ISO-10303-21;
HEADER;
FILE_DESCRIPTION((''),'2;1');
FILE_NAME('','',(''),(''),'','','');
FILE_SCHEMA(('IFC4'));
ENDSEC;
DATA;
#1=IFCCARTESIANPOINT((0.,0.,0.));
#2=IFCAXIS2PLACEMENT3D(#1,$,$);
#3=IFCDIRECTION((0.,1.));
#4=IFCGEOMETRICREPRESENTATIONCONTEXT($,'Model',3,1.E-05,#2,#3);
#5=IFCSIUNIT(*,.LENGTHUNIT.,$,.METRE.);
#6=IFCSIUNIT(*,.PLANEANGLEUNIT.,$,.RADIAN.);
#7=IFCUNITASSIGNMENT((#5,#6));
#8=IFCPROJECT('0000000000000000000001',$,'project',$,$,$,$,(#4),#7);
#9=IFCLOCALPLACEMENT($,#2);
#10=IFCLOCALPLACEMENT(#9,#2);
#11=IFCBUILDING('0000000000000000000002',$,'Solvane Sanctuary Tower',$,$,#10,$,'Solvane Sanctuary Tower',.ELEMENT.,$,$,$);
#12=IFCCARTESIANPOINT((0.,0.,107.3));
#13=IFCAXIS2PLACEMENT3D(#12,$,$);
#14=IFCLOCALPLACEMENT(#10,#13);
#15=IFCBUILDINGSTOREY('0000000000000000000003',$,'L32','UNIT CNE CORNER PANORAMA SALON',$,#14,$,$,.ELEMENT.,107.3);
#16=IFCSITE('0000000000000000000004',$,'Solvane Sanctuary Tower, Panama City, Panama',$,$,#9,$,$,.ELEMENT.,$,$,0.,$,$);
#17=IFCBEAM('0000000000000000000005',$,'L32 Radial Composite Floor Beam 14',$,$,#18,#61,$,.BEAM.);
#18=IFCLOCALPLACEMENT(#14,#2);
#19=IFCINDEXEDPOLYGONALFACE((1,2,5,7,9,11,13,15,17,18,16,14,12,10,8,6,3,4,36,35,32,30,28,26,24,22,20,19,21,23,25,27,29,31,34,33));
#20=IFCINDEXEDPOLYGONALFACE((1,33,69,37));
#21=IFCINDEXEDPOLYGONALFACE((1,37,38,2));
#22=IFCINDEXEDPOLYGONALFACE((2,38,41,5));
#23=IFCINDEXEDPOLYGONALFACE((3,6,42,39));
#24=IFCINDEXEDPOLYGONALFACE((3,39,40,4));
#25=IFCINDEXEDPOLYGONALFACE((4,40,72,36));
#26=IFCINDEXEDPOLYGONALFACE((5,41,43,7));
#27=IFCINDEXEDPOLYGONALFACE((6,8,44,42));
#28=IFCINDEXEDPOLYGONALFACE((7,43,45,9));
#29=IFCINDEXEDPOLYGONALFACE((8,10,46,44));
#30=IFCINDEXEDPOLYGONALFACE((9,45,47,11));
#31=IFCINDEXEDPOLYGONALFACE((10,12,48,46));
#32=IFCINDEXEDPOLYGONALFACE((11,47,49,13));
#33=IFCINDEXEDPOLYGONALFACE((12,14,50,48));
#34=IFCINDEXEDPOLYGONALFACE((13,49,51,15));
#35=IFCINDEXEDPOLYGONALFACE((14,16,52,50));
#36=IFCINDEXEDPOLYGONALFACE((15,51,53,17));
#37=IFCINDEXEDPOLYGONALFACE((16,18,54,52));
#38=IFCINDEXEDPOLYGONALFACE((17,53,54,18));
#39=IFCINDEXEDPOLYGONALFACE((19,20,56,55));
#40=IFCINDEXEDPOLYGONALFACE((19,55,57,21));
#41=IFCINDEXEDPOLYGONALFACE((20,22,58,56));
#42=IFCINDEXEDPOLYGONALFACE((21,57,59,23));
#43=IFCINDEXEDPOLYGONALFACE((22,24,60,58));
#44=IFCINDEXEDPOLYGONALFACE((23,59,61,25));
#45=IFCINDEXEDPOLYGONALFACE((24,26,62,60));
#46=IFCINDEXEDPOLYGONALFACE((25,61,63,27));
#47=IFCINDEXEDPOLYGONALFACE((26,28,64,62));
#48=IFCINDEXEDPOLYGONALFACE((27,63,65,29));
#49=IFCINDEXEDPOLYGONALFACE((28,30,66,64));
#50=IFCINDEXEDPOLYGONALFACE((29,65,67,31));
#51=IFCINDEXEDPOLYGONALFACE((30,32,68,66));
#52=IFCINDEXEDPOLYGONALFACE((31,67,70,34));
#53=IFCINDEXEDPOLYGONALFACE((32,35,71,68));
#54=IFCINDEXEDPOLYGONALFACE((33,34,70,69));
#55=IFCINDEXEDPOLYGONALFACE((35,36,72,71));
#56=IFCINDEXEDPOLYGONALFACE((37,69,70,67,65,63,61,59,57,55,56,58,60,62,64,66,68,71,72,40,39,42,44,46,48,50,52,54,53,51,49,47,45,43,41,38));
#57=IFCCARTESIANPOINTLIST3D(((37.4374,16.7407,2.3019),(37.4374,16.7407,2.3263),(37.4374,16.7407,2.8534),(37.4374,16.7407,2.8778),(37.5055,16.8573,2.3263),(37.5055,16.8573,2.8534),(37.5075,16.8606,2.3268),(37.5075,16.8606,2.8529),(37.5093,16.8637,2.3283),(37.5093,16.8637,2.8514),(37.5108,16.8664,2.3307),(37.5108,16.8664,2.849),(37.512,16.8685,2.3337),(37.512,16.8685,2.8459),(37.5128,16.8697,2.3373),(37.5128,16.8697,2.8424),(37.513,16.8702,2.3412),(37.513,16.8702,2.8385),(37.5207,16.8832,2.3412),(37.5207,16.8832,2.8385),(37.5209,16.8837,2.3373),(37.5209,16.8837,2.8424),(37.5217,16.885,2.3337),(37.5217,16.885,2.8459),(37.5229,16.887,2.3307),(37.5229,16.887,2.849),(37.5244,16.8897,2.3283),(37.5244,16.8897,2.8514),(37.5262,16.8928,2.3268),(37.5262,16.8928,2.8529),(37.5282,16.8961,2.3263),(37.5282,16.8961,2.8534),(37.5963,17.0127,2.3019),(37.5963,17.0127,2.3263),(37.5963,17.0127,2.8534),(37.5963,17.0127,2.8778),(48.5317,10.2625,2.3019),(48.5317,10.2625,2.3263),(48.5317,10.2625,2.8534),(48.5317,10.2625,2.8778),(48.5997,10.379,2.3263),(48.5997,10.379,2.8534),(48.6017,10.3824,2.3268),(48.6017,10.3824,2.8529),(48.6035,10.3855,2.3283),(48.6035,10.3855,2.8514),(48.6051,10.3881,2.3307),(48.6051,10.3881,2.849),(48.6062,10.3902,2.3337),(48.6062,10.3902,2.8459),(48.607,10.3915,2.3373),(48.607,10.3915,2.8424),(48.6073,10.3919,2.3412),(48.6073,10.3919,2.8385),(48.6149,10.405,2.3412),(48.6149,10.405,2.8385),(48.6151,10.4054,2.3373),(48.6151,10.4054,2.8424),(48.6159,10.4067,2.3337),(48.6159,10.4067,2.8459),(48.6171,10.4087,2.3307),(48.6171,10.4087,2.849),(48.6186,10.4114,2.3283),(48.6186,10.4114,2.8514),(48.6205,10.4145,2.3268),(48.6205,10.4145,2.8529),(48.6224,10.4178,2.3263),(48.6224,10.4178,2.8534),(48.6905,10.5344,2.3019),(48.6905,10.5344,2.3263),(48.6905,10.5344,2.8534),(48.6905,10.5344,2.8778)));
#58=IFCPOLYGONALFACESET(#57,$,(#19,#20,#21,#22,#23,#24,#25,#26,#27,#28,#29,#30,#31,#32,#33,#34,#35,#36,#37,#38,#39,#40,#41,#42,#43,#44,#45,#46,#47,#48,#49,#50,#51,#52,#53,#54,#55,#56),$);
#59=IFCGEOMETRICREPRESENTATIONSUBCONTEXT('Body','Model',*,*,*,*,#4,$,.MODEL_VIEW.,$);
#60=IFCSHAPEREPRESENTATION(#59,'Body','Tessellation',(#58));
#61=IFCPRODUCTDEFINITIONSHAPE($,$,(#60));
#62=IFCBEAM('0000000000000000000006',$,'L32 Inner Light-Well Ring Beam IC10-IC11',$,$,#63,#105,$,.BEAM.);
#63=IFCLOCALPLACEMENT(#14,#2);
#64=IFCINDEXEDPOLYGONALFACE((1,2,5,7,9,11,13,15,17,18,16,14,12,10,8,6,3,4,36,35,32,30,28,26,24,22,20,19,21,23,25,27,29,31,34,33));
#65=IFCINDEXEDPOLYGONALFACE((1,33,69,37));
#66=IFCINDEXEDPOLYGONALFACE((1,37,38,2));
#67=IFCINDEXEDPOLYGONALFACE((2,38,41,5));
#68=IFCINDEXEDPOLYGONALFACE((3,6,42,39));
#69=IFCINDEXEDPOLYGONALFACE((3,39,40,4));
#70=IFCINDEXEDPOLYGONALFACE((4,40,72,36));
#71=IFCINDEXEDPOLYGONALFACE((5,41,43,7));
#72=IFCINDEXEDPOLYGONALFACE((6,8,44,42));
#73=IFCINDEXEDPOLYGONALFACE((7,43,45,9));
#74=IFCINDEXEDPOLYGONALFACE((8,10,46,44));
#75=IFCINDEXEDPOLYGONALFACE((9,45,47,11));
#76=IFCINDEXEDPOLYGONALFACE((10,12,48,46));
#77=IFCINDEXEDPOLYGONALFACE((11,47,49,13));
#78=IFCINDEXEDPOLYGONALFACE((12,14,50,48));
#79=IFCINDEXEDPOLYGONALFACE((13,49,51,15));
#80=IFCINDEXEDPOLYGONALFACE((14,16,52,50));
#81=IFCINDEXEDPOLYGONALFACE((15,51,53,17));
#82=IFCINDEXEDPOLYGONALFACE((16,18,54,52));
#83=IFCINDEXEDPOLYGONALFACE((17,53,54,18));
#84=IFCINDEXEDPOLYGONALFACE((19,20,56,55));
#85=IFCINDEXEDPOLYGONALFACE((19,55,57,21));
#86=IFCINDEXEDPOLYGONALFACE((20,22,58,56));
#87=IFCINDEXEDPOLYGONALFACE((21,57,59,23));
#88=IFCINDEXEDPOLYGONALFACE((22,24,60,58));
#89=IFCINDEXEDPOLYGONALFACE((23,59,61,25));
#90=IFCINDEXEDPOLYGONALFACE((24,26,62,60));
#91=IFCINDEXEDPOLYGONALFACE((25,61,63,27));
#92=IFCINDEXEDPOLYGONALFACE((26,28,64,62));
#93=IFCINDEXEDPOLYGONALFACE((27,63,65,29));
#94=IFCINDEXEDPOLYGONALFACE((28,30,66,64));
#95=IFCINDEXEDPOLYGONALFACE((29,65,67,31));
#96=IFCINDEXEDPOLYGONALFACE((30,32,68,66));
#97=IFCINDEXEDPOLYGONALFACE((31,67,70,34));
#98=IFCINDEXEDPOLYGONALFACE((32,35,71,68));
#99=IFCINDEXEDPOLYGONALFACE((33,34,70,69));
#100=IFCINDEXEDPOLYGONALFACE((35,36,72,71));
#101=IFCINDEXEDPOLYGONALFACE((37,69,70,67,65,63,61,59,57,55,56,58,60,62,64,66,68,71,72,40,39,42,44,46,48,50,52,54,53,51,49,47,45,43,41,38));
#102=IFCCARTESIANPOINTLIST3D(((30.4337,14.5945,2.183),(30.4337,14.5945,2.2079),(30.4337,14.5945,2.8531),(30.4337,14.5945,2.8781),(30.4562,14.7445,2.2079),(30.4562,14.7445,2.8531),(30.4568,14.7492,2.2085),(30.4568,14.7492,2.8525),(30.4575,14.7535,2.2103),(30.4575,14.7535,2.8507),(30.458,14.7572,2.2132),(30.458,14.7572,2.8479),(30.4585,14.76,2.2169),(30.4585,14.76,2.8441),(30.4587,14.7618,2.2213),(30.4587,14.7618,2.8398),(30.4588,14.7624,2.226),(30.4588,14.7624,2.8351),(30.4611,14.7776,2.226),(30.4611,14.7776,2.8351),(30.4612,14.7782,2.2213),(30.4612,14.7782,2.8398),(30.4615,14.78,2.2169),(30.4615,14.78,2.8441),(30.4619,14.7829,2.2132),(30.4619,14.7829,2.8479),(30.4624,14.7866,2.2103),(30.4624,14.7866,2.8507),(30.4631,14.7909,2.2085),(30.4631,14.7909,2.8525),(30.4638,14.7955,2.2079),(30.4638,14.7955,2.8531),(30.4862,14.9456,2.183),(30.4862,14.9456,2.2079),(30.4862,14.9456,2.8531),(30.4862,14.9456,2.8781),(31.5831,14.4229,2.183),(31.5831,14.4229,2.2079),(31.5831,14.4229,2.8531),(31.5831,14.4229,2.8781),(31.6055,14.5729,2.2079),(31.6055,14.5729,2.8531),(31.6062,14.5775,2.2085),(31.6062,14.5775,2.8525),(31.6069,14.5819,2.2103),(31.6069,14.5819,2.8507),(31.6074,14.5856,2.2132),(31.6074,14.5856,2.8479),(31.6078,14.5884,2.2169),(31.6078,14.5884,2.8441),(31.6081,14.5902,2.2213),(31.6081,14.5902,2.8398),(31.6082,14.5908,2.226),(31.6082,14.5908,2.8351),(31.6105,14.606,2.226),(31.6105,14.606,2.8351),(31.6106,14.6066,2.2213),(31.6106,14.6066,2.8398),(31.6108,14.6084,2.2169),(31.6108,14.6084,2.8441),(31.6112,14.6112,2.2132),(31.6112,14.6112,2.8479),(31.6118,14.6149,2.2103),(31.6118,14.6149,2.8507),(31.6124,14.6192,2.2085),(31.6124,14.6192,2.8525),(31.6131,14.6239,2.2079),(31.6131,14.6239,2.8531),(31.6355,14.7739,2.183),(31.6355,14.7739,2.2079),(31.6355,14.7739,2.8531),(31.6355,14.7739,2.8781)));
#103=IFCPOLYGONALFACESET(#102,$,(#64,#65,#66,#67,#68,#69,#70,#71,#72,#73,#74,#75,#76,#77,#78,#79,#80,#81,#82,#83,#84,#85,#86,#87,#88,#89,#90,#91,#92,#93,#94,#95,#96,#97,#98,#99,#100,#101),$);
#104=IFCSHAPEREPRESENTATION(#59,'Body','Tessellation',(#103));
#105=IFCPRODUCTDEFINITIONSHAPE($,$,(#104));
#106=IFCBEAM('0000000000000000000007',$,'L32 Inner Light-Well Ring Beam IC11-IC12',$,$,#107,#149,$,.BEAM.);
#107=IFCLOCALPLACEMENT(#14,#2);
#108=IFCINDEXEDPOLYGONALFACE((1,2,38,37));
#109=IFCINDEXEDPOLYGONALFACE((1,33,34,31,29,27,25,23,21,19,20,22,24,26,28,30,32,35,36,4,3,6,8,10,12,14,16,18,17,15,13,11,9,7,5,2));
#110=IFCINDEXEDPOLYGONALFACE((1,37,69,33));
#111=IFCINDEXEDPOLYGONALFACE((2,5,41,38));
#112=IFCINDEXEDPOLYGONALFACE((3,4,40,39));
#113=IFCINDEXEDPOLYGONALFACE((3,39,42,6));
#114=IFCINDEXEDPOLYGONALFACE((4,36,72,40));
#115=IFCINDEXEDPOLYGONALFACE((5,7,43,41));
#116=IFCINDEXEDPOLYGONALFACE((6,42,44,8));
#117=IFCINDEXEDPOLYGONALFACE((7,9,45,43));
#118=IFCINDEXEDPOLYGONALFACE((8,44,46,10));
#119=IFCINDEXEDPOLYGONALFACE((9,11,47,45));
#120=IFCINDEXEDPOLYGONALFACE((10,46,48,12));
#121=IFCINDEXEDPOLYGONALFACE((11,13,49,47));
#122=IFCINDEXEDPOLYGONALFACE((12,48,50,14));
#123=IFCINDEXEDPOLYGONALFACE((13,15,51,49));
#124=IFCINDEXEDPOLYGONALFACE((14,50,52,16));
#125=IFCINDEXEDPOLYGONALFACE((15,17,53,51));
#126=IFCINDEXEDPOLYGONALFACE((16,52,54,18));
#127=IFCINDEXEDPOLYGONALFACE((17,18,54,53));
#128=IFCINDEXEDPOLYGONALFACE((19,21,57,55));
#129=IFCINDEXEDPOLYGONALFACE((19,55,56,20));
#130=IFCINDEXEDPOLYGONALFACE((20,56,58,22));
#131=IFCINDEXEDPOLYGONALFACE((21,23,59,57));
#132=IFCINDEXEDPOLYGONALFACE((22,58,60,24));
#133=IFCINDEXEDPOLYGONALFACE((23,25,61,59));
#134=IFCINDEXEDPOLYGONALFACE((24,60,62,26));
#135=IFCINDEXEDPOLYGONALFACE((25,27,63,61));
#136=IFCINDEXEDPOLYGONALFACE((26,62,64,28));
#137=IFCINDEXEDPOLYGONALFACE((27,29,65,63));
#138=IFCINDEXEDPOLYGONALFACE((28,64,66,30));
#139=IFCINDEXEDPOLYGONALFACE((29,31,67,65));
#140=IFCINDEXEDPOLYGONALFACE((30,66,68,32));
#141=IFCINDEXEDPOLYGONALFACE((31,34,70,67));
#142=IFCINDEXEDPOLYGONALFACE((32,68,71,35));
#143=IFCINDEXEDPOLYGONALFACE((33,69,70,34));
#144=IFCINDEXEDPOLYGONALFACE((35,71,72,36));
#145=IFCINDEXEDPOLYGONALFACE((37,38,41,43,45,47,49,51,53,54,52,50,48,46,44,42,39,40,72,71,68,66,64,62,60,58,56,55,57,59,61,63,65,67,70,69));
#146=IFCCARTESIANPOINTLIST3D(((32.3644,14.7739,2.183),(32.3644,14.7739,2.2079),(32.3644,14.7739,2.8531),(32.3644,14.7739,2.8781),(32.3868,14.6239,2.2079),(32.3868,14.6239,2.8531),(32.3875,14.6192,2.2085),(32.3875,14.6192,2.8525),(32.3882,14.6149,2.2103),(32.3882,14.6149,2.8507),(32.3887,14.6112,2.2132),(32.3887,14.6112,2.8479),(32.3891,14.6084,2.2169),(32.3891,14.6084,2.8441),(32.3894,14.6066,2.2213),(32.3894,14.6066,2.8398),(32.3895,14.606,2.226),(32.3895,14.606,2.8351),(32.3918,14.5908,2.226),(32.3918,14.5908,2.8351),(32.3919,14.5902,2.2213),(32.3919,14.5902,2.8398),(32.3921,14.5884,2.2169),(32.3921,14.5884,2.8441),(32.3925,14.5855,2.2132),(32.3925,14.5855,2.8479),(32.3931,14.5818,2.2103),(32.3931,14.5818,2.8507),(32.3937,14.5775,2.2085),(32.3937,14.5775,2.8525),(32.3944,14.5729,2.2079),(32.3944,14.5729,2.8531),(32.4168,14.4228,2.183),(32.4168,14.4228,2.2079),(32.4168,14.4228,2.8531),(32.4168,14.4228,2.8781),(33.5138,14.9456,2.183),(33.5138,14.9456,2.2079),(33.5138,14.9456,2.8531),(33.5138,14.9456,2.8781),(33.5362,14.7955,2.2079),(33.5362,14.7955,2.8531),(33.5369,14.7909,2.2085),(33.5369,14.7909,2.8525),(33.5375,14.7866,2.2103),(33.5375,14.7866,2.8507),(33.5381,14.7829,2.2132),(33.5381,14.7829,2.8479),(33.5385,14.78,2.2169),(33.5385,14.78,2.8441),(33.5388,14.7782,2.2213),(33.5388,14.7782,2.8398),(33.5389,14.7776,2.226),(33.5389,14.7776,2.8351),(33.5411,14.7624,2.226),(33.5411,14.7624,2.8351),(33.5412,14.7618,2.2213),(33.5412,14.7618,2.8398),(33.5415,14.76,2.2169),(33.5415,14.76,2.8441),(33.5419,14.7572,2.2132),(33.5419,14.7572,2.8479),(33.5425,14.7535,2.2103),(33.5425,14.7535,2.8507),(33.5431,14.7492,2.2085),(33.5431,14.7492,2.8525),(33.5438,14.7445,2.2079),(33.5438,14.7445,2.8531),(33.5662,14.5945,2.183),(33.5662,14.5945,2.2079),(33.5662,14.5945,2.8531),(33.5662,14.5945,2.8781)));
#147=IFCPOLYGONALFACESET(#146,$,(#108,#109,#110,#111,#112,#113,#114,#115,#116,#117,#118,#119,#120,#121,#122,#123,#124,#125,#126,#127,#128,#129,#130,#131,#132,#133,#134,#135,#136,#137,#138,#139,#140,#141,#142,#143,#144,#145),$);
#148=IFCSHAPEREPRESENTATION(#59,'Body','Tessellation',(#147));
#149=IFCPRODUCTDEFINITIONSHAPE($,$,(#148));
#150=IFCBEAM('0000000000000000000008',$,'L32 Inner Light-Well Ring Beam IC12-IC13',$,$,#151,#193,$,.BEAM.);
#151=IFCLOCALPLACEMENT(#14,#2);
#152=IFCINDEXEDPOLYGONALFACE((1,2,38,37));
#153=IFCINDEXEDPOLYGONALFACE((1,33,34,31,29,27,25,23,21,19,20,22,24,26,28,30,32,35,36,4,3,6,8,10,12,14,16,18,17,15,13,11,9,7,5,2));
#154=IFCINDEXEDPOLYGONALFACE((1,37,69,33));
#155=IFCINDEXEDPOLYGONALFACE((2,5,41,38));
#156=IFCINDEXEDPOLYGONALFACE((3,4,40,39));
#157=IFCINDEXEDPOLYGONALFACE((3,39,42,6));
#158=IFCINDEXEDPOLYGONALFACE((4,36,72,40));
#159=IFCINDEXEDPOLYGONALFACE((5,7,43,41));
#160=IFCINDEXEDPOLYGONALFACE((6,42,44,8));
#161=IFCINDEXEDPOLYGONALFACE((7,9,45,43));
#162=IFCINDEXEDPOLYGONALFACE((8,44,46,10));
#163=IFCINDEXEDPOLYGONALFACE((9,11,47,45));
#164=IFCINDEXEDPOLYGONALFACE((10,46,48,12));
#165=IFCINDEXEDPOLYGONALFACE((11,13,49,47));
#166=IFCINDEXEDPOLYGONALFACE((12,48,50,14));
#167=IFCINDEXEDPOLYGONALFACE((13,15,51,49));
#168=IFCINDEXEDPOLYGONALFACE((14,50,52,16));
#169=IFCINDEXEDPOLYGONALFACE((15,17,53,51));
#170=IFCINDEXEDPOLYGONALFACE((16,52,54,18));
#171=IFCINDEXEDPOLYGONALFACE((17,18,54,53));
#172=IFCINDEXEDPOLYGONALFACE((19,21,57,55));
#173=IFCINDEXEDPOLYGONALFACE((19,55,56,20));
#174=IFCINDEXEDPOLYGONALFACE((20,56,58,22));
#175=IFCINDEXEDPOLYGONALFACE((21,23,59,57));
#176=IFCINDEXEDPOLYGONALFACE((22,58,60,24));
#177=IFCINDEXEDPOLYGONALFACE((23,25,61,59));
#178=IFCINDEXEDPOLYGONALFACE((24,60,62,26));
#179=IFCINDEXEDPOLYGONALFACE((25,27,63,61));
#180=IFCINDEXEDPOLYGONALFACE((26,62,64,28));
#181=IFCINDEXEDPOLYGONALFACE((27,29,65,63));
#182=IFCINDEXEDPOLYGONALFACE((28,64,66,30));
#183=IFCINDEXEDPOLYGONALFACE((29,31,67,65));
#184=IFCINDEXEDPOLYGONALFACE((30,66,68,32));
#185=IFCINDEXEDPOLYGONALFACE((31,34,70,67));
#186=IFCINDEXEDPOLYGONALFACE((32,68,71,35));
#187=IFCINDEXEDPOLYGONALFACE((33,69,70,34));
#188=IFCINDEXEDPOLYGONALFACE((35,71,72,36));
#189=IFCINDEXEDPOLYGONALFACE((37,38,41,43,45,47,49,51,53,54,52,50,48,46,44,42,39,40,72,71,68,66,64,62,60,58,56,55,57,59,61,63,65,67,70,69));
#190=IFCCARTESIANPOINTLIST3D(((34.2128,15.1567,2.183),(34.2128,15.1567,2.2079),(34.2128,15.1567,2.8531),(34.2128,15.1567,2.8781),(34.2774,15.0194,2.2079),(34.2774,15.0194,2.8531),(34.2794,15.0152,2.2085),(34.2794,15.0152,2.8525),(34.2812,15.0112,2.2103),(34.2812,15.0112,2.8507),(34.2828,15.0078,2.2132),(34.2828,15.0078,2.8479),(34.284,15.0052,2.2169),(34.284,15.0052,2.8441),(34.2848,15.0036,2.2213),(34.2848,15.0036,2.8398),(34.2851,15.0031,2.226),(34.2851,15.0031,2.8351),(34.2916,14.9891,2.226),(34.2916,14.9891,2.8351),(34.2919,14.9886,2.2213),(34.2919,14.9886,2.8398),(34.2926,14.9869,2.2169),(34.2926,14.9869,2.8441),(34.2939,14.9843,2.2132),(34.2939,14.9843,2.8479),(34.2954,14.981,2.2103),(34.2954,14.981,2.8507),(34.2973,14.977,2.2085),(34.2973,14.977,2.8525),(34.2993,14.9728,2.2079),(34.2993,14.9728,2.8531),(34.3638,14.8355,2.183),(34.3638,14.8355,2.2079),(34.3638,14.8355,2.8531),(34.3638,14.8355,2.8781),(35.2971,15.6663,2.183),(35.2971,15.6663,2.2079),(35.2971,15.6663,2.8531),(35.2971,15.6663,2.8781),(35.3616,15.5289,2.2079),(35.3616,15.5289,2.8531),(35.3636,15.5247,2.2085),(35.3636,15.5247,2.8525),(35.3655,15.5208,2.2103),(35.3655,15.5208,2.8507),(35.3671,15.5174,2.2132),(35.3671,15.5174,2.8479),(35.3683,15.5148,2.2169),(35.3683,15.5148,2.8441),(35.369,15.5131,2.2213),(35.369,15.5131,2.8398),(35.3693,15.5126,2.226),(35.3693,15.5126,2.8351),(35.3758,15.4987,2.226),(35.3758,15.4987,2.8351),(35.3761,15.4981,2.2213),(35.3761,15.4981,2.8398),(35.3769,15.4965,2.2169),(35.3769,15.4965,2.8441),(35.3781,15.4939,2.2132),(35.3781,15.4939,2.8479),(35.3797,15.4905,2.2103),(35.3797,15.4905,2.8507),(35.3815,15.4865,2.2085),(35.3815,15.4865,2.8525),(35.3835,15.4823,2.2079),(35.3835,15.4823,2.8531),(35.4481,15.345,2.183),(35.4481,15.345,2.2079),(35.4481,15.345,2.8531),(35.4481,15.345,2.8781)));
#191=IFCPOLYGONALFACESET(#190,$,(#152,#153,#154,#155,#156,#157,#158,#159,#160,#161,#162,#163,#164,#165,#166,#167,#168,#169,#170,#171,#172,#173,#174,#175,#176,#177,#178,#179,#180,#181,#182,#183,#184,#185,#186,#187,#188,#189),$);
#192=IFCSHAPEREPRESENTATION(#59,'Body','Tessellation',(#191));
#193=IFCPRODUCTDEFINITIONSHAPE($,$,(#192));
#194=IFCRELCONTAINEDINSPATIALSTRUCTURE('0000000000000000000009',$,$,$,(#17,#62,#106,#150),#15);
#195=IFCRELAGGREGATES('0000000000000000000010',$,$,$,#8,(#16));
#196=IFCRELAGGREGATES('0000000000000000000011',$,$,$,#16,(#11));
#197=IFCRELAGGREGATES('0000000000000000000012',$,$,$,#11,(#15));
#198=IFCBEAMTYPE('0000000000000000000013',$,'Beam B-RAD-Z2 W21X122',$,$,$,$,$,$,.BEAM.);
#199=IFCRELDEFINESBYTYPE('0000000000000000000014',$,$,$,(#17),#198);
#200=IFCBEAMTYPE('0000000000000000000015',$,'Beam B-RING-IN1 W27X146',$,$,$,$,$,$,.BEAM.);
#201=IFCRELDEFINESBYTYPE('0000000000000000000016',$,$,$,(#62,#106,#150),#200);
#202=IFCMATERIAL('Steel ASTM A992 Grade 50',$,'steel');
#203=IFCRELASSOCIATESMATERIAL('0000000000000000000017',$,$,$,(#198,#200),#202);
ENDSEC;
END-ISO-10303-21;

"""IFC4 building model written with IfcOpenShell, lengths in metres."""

from ifc_helpers import new_model, si_unit, direction, frame, origin, origin_2d, place, context, subcontext, project, spatial, i_section, extrude, material, material_profile, profile_set, type_object, element, save


model = new_model("IFC4")

# Units and contexts
model_context = context("Model", 3, precision=1e-05, world=origin(), true_north=direction((0.0, 1.0)))
body_context = subcontext(model_context, "Body", "Model", "MODEL_VIEW")
ifc_project = project(units=[si_unit("LENGTHUNIT", "METRE"), si_unit("PLANEANGLEUNIT", "RADIAN")], contexts=[model_context])

# Site, building, storey
site_placement = place(None, origin())
site = spatial("IfcSite", under=ifc_project, at=site_placement, Name="Solvane Sanctuary Tower, Panama City, Panama", CompositionType="ELEMENT", RefElevation=0.0)
building_placement = place(site_placement, origin())
building = spatial("IfcBuilding", under=site, at=building_placement, Name="Solvane Sanctuary Tower", LongName="Solvane Sanctuary Tower", CompositionType="ELEMENT")
storey_placement = place(building_placement, frame((0.0, 0.0, 107.3)))
storey = spatial("IfcBuildingStorey", under=building, at=storey_placement, Name="L32", Description="UNIT CNE CORNER PANORAMA SALON", CompositionType="ELEMENT", Elevation=107.3)

# Beams
ifc_material_1 = material(Name="Steel ASTM A992 Grade 50", Category="steel")
ifc_material_profile_1 = material_profile(ifc_material_1, i_section(OverallWidth=0.3149, OverallDepth=0.5759, WebThickness=0.0151, FlangeThickness=0.0244, FilletRadius=0.0149, at=origin_2d()), Name="W21X122")
ifc_profile_set_1 = profile_set([ifc_material_profile_1], Name="Steel ASTM A992 Grade 50")
beam_type_1 = type_object("IfcBeamType", Name="Beam B-RAD-Z2 W21X122", PredefinedType="BEAM", material=ifc_profile_set_1)
beam_1_placement = place(storey_placement, frame((37.5168, 16.8767, 2.5898), z_axis=(0.863554, -0.504256, 0.0), x_axis=(0.504256, 0.863554, 0.0)))
element("IfcBeam", 1, at=beam_1_placement, inside=storey, type_object=beam_type_1, Name="L32 Radial Composite Floor Beam 14", PredefinedType="BEAM", context=body_context, shape_type="SweptSolid", body=[
    extrude(i_section(OverallWidth=0.3149, OverallDepth=0.5759, WebThickness=0.0151, FlangeThickness=0.0244, FilletRadius=0.0149, at=origin_2d()), origin(), (0.0, 0.0, 1.0), 12.8472),
])
ifc_material_profile_2 = material_profile(ifc_material_1, i_section(OverallWidth=0.355, OverallDepth=0.6951, WebThickness=0.0154, FlangeThickness=0.0249, FilletRadius=0.0181, at=origin_2d()), Name="W27X146")
ifc_profile_set_2 = profile_set([ifc_material_profile_2], Name="Steel ASTM A992 Grade 50")
beam_type_2 = type_object("IfcBeamType", Name="Beam B-RING-IN1 W27X146", PredefinedType="BEAM", material=ifc_profile_set_2)
for number, where, z_axis, x_axis, name in (
    (2, (30.46, 14.77, 2.5305), (0.989035, -0.147683, 0.0), (0.147683, 0.989035, 0.0), "L32 Inner Light-Well Ring Beam IC10-IC11"),
    (3, (32.3906, 14.5984, 2.5305), (0.989035, 0.147683, 0.0), (-0.147683, 0.989035, 0.0), "L32 Inner Light-Well Ring Beam IC11-IC12"),
):
    element("IfcBeam", number, at=place(storey_placement, frame(where, z_axis=z_axis, x_axis=x_axis)), inside=storey, type_object=beam_type_2, Name=name, PredefinedType="BEAM", context=body_context, shape_type="SweptSolid", body=[
        extrude(i_section(OverallWidth=0.355, OverallDepth=0.6951, WebThickness=0.0154, FlangeThickness=0.0249, FilletRadius=0.0181, at=origin_2d()), origin(), (0.0, 0.0, 1.0), 1.1621),
    ])
beam_2_placement = place(storey_placement, frame((34.2883, 14.9961, 2.5305), z_axis=(0.905045, 0.425316, 0.0), x_axis=(-0.425316, 0.905045, 0.0)))
element("IfcBeam", 4, at=beam_2_placement, inside=storey, type_object=beam_type_2, Name="L32 Inner Light-Well Ring Beam IC12-IC13", PredefinedType="BEAM", context=body_context, shape_type="SweptSolid", body=[
    extrude(i_section(OverallWidth=0.355, OverallDepth=0.6951, WebThickness=0.0154, FlangeThickness=0.0249, FilletRadius=0.0181, at=origin_2d()), origin(), (0.0, 0.0, 1.0), 1.198),
])

save(model, "model.ifc")
